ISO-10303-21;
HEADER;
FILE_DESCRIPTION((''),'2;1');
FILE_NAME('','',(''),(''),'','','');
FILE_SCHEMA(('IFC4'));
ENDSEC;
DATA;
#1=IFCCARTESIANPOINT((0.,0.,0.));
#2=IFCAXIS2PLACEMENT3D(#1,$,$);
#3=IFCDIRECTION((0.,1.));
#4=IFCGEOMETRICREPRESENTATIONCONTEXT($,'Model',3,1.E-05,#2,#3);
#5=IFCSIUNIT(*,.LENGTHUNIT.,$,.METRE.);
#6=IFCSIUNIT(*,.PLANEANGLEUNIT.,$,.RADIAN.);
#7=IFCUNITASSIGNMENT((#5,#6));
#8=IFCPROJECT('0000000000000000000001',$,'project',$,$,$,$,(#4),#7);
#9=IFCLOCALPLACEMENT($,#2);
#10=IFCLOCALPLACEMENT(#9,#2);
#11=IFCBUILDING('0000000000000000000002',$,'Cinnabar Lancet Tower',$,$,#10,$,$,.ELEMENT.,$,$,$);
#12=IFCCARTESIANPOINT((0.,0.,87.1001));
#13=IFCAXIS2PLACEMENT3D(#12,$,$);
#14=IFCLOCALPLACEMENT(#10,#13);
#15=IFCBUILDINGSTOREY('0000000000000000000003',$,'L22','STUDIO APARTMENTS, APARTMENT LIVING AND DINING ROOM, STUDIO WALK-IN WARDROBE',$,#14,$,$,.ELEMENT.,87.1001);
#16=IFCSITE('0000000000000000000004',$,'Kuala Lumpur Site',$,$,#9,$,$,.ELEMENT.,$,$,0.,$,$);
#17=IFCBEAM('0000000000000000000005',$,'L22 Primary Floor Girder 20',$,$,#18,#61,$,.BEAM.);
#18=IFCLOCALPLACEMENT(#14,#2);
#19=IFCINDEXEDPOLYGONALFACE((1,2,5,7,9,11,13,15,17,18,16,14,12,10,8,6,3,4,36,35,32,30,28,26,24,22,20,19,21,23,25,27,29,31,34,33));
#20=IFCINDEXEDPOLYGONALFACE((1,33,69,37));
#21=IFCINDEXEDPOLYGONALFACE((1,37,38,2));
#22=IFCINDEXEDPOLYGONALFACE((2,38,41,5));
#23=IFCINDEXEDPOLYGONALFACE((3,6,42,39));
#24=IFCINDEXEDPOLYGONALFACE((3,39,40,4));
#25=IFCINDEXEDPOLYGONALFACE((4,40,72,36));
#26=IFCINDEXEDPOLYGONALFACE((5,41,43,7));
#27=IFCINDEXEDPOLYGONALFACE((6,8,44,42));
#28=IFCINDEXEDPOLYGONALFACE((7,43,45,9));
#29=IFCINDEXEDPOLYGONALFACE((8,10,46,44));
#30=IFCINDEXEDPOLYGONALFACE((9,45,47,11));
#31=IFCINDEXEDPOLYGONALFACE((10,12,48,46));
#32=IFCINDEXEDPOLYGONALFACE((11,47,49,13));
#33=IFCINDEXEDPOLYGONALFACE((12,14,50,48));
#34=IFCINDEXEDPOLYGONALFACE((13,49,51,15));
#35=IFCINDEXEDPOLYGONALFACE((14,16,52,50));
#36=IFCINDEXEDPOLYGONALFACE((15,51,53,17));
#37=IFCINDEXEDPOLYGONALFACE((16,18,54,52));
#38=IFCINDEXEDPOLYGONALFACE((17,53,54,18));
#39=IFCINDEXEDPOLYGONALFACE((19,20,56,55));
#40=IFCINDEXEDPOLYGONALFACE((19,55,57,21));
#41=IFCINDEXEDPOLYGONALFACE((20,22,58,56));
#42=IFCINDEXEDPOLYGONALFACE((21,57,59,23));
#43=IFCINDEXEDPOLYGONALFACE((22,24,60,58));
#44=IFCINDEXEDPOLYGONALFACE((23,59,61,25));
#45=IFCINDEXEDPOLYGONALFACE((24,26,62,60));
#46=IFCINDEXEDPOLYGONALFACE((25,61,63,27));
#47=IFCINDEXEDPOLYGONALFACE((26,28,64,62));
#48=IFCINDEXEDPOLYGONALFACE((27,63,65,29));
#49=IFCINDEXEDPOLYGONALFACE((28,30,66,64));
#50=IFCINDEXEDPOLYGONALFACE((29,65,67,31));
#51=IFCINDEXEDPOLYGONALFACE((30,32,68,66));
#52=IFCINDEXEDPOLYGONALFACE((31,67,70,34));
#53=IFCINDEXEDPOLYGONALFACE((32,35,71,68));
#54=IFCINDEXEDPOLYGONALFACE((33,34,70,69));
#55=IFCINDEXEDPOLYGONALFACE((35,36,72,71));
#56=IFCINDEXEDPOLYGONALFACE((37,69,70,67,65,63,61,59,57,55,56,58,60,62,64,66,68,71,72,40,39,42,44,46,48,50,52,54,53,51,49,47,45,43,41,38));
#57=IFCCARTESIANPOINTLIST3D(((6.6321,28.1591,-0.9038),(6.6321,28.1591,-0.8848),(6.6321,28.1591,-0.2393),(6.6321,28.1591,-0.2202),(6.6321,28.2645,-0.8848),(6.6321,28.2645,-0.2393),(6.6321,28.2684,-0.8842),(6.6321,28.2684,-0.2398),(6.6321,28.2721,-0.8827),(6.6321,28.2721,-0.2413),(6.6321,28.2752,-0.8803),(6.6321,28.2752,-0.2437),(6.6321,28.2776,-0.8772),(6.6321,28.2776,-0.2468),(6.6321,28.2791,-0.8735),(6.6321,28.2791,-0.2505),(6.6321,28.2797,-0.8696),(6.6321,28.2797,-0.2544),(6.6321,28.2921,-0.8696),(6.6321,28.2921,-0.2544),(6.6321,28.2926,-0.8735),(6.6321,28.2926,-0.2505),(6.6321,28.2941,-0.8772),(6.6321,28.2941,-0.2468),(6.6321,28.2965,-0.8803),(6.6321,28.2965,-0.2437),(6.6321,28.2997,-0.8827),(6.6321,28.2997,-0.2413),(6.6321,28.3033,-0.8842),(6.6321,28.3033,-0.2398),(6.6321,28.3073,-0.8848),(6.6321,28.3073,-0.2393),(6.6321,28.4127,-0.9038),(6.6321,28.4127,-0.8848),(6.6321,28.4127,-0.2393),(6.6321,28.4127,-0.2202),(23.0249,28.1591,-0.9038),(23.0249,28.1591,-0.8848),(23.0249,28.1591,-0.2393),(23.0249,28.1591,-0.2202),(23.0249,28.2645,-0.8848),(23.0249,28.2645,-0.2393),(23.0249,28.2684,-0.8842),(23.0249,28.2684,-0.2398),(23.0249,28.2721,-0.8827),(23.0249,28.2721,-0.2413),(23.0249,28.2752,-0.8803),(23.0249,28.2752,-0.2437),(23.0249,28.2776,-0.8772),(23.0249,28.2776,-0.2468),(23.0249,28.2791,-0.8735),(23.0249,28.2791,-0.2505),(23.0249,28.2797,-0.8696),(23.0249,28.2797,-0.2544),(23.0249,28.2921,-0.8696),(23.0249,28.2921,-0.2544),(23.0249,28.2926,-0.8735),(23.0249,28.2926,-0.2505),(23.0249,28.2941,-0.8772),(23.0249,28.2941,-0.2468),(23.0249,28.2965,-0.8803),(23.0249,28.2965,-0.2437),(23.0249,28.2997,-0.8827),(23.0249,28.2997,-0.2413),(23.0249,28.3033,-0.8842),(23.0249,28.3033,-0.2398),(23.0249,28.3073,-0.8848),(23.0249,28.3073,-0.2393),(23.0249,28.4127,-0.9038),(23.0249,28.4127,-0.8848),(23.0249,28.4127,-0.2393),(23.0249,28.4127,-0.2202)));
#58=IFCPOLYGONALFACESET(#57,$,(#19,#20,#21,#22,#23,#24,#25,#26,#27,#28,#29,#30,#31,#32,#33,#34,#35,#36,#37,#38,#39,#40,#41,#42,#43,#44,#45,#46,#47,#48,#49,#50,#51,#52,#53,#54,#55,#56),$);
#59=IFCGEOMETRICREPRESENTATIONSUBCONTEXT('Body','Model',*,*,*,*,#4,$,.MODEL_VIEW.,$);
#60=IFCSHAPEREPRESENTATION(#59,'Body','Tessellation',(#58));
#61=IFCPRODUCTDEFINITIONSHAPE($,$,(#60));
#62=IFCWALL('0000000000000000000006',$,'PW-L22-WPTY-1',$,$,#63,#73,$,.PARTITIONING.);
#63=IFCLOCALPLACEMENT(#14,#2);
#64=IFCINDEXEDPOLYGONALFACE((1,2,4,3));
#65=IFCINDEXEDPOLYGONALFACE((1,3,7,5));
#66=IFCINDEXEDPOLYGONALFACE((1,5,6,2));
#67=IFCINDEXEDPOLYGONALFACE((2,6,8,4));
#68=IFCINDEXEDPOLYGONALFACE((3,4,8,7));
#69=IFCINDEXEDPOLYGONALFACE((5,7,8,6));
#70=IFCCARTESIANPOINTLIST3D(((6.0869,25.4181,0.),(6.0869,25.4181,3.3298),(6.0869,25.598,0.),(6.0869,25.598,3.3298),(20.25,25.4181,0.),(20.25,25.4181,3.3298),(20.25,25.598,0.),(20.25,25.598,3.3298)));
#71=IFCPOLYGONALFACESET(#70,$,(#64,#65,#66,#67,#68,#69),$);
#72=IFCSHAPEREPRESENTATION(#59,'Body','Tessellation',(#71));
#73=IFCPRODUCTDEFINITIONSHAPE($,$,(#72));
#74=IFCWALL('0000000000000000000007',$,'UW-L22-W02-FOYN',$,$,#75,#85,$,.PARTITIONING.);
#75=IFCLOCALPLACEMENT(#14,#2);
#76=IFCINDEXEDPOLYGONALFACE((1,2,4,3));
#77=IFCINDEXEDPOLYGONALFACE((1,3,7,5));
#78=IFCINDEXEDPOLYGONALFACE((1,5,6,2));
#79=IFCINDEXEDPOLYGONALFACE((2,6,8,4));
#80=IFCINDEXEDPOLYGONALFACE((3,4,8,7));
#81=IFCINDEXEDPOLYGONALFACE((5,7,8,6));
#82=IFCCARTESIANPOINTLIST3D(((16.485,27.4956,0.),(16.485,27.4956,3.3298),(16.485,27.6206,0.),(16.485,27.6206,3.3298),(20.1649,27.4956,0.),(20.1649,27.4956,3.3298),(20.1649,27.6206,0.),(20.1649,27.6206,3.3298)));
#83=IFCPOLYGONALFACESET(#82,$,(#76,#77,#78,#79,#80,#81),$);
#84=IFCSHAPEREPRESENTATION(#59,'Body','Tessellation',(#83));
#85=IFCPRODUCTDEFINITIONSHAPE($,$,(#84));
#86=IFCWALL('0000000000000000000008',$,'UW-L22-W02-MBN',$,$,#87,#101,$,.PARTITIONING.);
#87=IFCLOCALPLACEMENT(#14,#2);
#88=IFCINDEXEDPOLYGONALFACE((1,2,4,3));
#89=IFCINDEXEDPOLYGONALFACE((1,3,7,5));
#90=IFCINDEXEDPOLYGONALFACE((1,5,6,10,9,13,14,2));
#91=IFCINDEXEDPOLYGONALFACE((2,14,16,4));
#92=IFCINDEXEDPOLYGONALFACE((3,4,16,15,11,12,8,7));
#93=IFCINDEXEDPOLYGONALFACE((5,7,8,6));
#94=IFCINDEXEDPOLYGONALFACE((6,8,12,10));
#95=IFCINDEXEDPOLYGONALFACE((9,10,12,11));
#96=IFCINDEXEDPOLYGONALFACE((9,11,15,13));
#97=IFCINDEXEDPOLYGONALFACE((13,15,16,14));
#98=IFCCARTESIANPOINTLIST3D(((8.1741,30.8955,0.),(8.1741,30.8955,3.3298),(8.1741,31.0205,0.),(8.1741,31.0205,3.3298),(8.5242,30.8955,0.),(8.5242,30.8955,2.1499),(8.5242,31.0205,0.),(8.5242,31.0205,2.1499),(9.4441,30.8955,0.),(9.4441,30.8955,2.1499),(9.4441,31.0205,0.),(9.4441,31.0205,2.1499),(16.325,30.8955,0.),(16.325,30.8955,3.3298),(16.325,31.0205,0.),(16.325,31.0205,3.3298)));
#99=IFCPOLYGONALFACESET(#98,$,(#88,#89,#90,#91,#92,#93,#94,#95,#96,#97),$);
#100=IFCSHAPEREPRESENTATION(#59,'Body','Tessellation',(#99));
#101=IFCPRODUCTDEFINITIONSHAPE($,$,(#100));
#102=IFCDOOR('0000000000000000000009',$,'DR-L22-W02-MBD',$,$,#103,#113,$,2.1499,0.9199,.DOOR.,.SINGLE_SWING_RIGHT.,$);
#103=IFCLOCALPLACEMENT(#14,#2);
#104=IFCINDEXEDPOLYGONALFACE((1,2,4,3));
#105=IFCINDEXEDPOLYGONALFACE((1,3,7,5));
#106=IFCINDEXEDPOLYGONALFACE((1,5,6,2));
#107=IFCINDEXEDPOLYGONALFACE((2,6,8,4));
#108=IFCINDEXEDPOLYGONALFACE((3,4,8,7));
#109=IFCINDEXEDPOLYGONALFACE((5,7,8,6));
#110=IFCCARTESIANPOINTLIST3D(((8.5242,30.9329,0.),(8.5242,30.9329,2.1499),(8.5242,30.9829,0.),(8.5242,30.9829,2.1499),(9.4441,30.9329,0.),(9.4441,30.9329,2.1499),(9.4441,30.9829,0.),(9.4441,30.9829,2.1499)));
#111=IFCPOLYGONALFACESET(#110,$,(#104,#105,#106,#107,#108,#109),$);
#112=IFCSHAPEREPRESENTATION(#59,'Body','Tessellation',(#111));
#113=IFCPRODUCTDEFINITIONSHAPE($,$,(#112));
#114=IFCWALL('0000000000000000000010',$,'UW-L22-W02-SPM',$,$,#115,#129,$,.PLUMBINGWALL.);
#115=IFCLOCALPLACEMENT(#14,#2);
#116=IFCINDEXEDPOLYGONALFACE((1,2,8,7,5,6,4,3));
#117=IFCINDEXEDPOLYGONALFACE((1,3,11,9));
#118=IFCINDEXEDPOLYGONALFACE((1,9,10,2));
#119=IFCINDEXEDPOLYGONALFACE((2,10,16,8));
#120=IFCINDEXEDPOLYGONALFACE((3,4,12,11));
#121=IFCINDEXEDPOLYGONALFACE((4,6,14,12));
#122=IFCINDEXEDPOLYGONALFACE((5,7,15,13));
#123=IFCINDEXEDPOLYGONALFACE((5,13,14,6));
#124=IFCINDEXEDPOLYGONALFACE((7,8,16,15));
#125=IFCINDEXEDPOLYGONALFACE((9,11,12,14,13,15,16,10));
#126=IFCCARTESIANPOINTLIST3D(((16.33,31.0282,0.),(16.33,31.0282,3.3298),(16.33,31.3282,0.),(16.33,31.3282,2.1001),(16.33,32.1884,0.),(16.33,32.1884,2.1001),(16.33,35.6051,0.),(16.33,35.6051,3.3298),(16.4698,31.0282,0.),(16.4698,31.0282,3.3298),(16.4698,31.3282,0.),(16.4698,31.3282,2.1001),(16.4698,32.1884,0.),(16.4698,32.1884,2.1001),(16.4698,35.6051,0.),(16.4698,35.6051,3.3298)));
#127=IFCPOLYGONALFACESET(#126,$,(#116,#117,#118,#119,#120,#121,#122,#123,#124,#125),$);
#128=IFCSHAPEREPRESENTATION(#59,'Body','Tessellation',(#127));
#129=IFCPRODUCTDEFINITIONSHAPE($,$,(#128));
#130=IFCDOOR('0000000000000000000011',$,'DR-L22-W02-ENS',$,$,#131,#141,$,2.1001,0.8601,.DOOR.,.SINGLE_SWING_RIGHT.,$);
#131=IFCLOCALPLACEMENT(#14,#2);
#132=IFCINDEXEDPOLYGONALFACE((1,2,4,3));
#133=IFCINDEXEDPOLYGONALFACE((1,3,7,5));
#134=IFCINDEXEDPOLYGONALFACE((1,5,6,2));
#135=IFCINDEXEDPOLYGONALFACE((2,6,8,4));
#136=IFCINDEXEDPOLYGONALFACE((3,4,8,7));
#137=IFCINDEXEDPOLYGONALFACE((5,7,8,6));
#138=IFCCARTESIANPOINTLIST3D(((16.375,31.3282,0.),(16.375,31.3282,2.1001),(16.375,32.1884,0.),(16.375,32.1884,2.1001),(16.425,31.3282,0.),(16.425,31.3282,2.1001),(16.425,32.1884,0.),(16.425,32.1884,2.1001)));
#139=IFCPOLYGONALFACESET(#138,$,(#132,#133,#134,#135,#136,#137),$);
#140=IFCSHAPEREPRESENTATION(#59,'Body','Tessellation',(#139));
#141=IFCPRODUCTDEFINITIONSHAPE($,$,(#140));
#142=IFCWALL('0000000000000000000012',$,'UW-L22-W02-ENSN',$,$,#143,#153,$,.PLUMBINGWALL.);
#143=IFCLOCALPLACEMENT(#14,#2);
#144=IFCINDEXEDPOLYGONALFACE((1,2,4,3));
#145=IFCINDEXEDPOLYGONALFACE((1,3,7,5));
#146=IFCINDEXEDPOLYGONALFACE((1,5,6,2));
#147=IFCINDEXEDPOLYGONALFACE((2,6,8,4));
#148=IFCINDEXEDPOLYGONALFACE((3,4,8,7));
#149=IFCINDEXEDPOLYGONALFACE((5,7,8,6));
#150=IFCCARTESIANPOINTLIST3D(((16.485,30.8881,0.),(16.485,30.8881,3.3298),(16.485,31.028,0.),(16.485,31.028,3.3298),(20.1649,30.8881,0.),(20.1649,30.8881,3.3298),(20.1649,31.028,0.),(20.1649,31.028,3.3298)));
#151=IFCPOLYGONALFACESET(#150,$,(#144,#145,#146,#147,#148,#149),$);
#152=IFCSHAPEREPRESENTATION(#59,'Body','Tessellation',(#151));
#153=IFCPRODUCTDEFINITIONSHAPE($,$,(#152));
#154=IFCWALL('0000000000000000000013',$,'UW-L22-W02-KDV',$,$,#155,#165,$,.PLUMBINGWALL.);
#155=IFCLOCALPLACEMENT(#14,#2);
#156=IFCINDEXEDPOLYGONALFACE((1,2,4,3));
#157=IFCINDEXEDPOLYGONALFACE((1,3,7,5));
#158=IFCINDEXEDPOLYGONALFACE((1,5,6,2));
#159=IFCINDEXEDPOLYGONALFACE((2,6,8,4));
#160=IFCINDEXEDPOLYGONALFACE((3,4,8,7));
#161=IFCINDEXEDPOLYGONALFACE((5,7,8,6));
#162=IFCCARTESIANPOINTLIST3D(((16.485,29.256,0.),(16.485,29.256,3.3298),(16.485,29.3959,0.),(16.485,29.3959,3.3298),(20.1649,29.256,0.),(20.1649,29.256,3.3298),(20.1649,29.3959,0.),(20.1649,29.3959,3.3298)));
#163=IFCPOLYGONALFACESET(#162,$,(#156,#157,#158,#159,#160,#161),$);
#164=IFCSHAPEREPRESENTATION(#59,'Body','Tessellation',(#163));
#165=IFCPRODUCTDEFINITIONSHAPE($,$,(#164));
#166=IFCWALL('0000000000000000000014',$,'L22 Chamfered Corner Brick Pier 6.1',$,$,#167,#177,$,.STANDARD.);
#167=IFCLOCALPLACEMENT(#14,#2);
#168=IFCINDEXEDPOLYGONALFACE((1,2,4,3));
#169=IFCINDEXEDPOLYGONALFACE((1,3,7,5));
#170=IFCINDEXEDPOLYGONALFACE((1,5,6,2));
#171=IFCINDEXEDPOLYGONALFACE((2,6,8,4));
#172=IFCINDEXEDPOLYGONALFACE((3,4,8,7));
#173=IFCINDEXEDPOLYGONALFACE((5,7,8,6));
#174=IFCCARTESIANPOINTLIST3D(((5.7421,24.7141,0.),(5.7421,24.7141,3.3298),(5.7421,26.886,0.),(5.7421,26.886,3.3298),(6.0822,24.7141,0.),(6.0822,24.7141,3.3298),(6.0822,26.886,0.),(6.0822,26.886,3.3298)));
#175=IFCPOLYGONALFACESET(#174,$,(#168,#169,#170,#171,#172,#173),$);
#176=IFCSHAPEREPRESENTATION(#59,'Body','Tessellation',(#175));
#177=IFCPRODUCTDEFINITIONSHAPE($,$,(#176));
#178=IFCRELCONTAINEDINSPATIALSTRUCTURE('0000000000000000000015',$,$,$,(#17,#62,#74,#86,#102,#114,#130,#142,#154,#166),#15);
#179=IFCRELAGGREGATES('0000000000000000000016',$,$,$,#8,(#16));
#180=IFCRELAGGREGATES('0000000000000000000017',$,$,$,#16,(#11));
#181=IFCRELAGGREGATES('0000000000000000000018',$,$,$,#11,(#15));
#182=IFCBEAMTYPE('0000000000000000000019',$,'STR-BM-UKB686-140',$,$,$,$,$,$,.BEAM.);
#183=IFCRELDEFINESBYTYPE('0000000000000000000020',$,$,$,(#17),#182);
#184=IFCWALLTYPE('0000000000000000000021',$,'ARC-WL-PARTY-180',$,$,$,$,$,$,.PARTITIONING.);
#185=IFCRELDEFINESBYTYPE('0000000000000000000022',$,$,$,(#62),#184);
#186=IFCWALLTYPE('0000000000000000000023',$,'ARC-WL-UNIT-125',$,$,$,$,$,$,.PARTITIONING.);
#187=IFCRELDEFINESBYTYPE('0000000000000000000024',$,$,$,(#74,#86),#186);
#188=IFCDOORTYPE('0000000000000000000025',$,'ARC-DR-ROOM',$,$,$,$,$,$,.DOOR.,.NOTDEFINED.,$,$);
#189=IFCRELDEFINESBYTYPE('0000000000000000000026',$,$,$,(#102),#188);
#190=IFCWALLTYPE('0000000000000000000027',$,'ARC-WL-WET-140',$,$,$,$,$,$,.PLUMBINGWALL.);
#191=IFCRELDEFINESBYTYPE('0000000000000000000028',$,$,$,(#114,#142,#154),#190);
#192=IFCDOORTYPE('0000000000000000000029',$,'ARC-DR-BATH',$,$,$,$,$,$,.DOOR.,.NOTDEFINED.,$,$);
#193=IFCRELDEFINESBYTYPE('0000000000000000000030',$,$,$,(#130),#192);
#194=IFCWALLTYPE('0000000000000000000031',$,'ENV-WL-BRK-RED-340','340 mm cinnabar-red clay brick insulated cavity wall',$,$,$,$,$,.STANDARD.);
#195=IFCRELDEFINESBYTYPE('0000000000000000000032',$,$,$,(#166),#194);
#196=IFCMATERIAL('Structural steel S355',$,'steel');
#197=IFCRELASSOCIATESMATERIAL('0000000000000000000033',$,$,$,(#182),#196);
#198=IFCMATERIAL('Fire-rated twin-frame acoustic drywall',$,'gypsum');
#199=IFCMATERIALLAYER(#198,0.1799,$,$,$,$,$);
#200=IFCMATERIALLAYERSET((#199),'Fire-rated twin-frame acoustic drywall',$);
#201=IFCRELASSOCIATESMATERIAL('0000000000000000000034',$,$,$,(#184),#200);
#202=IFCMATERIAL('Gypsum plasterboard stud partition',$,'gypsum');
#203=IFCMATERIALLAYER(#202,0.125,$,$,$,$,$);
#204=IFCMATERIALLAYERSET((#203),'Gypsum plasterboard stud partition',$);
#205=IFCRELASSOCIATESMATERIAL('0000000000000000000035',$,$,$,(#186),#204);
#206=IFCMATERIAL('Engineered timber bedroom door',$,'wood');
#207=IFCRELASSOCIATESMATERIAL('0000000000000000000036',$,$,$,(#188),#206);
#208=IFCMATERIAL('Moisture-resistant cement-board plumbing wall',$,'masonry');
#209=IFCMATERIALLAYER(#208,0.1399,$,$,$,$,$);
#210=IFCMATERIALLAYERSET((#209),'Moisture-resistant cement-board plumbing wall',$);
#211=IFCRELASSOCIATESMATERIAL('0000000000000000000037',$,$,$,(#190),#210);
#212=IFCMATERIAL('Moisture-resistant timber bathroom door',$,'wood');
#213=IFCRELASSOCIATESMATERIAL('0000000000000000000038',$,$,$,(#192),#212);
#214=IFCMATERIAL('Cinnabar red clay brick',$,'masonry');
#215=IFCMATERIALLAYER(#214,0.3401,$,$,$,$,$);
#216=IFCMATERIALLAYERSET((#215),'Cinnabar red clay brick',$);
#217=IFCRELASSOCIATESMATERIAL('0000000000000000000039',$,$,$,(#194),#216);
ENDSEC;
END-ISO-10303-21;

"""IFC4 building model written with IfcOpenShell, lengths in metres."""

from ifc_helpers import new_model, si_unit, direction, frame, frame_2d, origin, origin_2d, place, context, subcontext, project, spatial, rectangle, i_section, extrude, material, layer, layer_set, material_profile, profile_set, type_object, element, fill, save


model = new_model("IFC4")

# Units and contexts
model_context = context("Model", 3, precision=1e-05, world=origin(), true_north=direction((0.0, 1.0)))
body_context = subcontext(model_context, "Body", "Model", "MODEL_VIEW")
ifc_project = project(units=[si_unit("LENGTHUNIT", "METRE"), si_unit("PLANEANGLEUNIT", "RADIAN")], contexts=[model_context])

# Site, building, storey
site_placement = place(None, origin())
site = spatial("IfcSite", under=ifc_project, at=site_placement, Name="Kuala Lumpur Site", CompositionType="ELEMENT", RefElevation=0.0)
building_placement = place(site_placement, origin())
building = spatial("IfcBuilding", under=site, at=building_placement, Name="Cinnabar Lancet Tower", CompositionType="ELEMENT")
storey_placement = place(building_placement, frame((0.0, 0.0, 87.1001)))
storey = spatial("IfcBuildingStorey", under=building, at=storey_placement, Name="L22", Description="STUDIO APARTMENTS, APARTMENT LIVING AND DINING ROOM, STUDIO WALK-IN WARDROBE", CompositionType="ELEMENT", Elevation=87.1001)

# Beam
ifc_material_1 = material(Name="Structural steel S355", Category="steel")
ifc_material_profile_1 = material_profile(ifc_material_1, i_section(OverallWidth=0.2537, OverallDepth=0.6836, WebThickness=0.0125, FlangeThickness=0.019, FilletRadius=0.0151, at=origin_2d()), Name="UKB 686x254x140")
ifc_profile_set_1 = profile_set([ifc_material_profile_1], Name="Structural steel S355")
beam_type_1 = type_object("IfcBeamType", Name="STR-BM-UKB686-140", PredefinedType="BEAM", material=ifc_profile_set_1)
beam_1_placement = place(storey_placement, frame((6.6321, 28.2859, -0.562), z_axis=(1.0, 0.0, 0.0), x_axis=(0.0, 1.0, 0.0)))
element("IfcBeam", 1, at=beam_1_placement, inside=storey, type_object=beam_type_1, Name="L22 Primary Floor Girder 20", PredefinedType="BEAM", context=body_context, shape_type="SweptSolid", body=[
    extrude(i_section(OverallWidth=0.2537, OverallDepth=0.6836, WebThickness=0.0125, FlangeThickness=0.019, FilletRadius=0.0151, at=origin_2d()), origin(), (0.0, 0.0, 1.0), 16.3928),
])

# Walls
ifc_material_2 = material(Name="Fire-rated twin-frame acoustic drywall", Category="gypsum")
ifc_layer_1 = layer(ifc_material_2, 0.1799)
ifc_layer_set_1 = layer_set([ifc_layer_1], Name="Fire-rated twin-frame acoustic drywall")
wall_type_1 = type_object("IfcWallType", Name="ARC-WL-PARTY-180", PredefinedType="PARTITIONING", material=ifc_layer_set_1)
wall_1_placement = place(storey_placement, frame((6.0869, 25.5081, 0.0), z_axis=(0.0, 0.0, 1.0), x_axis=(1.0, 0.0, 0.0)))
element("IfcWall", 2, at=wall_1_placement, inside=storey, type_object=wall_type_1, Name="PW-L22-WPTY-1", PredefinedType="PARTITIONING", context=body_context, shape_type="SweptSolid", body=[
    extrude(rectangle(XDim=14.1631, YDim=0.1799, at=frame_2d((7.0815, 0.0))), origin(), (0.0, 0.0, 1.0), 3.3298),
])
ifc_material_3 = material(Name="Gypsum plasterboard stud partition", Category="gypsum")
ifc_layer_2 = layer(ifc_material_3, 0.125)
ifc_layer_set_2 = layer_set([ifc_layer_2], Name="Gypsum plasterboard stud partition")
wall_type_2 = type_object("IfcWallType", Name="ARC-WL-UNIT-125", PredefinedType="PARTITIONING", material=ifc_layer_set_2)
wall_2_placement = place(storey_placement, frame((16.4851, 27.5581, 0.0), z_axis=(0.0, 0.0, 1.0), x_axis=(1.0, 0.0, 0.0)))
element("IfcWall", 3, at=wall_2_placement, inside=storey, type_object=wall_type_2, Name="UW-L22-W02-FOYN", PredefinedType="PARTITIONING", context=body_context, shape_type="SweptSolid", body=[
    extrude(rectangle(XDim=3.6799, YDim=0.125, at=frame_2d((1.8398, 0.0))), origin(), (0.0, 0.0, 1.0), 3.3298),
])

# Wall, opening, door
wall_3_placement = place(storey_placement, frame((8.1741, 30.958, 0.0), z_axis=(0.0, 0.0, 1.0), x_axis=(1.0, 0.0, 0.0)))
wall_3 = element("IfcWall", 4, at=wall_3_placement, inside=storey, type_object=wall_type_2, Name="UW-L22-W02-MBN", PredefinedType="PARTITIONING", context=body_context, shape_type="SweptSolid", body=[
    extrude(rectangle(XDim=8.1509, YDim=0.125, at=frame_2d((4.0754, 0.0))), origin(), (0.0, 0.0, 1.0), 3.3298),
])
opening_1_placement = place(wall_3_placement, frame((0.3501, 0.0, 0.0)))
opening_1 = element("IfcOpeningElement", 5, at=opening_1_placement, cuts=wall_3, PredefinedType="OPENING", context=body_context, shape_type="SweptSolid", body=[
    extrude(rectangle(XDim=0.9199, YDim=2.1499, at=frame_2d((0.46, 1.075))), frame((0.0, 0.0725, 0.0), z_axis=(0.0, -1.0, 0.0), x_axis=(1.0, 0.0, 0.0)), (0.0, 0.0, 1.0), 0.145),
])
ifc_material_4 = material(Name="Engineered timber bedroom door", Category="wood")
door_type_1 = type_object("IfcDoorType", Name="ARC-DR-ROOM", OperationType="NOTDEFINED", PredefinedType="DOOR", material=ifc_material_4)
door_1_placement = place(opening_1_placement, origin())
door_1 = element("IfcDoor", 6, at=door_1_placement, inside=storey, type_object=door_type_1, Name="DR-L22-W02-MBD", OperationType="SINGLE_SWING_RIGHT", OverallHeight=2.1499, OverallWidth=0.9199, PredefinedType="DOOR", context=body_context, shape_type="SweptSolid", body=[
    extrude(rectangle(XDim=0.9199, YDim=2.1499, at=frame_2d((0.46, 1.075))), frame((0.0, 0.0249, 0.0), z_axis=(0.0, -1.0, 0.0), x_axis=(1.0, 0.0, 0.0)), (0.0, 0.0, 1.0), 0.05),
])
fill(opening_1, door_1)

# Shared definitions
ifc_material_5 = material(Name="Moisture-resistant cement-board plumbing wall", Category="masonry")
ifc_layer_3 = layer(ifc_material_5, 0.1399)
ifc_layer_set_3 = layer_set([ifc_layer_3], Name="Moisture-resistant cement-board plumbing wall")
wall_type_3 = type_object("IfcWallType", Name="ARC-WL-WET-140", PredefinedType="PLUMBINGWALL", material=ifc_layer_set_3)
ifc_material_6 = material(Name="Moisture-resistant timber bathroom door", Category="wood")
door_type_2 = type_object("IfcDoorType", Name="ARC-DR-BATH", OperationType="NOTDEFINED", PredefinedType="DOOR", material=ifc_material_6)

# Wall, opening, door
wall_4_placement = place(storey_placement, frame((16.3999, 31.0281, 0.0), z_axis=(0.0, 0.0, 1.0), x_axis=(0.0, 1.0, 0.0)))
wall_4 = element("IfcWall", 7, at=wall_4_placement, inside=storey, type_object=wall_type_3, Name="UW-L22-W02-SPM", PredefinedType="PLUMBINGWALL", context=body_context, shape_type="SweptSolid", body=[
    extrude(rectangle(XDim=4.5769, YDim=0.1399, at=frame_2d((2.2886, 0.0))), origin(), (0.0, 0.0, 1.0), 3.3298),
])
opening_2_placement = place(wall_4_placement, frame((0.3, 0.0, 0.0)))
opening_2 = element("IfcOpeningElement", 8, at=opening_2_placement, cuts=wall_4, PredefinedType="OPENING", context=body_context, shape_type="SweptSolid", body=[
    extrude(rectangle(XDim=0.8601, YDim=2.1001, at=frame_2d((0.4302, 1.05))), frame((0.0, 0.0798, 0.0), z_axis=(0.0, -1.0, 0.0), x_axis=(1.0, 0.0, 0.0)), (0.0, 0.0, 1.0), 0.1599),
])
door_2_placement = place(opening_2_placement, origin())
door_2 = element("IfcDoor", 9, at=door_2_placement, inside=storey, type_object=door_type_2, Name="DR-L22-W02-ENS", OperationType="SINGLE_SWING_RIGHT", OverallHeight=2.1001, OverallWidth=0.8601, PredefinedType="DOOR", context=body_context, shape_type="SweptSolid", body=[
    extrude(rectangle(XDim=0.8601, YDim=2.1001, at=frame_2d((0.4302, 1.05))), frame((0.0, 0.0249, 0.0), z_axis=(0.0, -1.0, 0.0), x_axis=(1.0, 0.0, 0.0)), (0.0, 0.0, 1.0), 0.05),
])
fill(opening_2, door_2)

# Walls
for number, where, z_axis, x_axis, name in (
    (10, (16.4851, 30.958, 0.0), (0.0, 0.0, 1.0), (1.0, 0.0, 0.0), "UW-L22-W02-ENSN"),
    (11, (16.4851, 29.3259, 0.0), (0.0, 0.0, 1.0), (1.0, 0.0, 0.0), "UW-L22-W02-KDV"),
):
    element("IfcWall", number, at=place(storey_placement, frame(where, z_axis=z_axis, x_axis=x_axis)), inside=storey, type_object=wall_type_3, Name=name, PredefinedType="PLUMBINGWALL", context=body_context, shape_type="SweptSolid", body=[
        extrude(rectangle(XDim=3.6799, YDim=0.1399, at=frame_2d((1.8398, 0.0))), origin(), (0.0, 0.0, 1.0), 3.3298),
    ])
ifc_material_7 = material(Name="Cinnabar red clay brick", Category="masonry")
ifc_layer_4 = layer(ifc_material_7, 0.3401)
ifc_layer_set_4 = layer_set([ifc_layer_4], Name="Cinnabar red clay brick")
wall_type_4 = type_object("IfcWallType", Name="ENV-WL-BRK-RED-340", Description="340 mm cinnabar-red clay brick insulated cavity wall", PredefinedType="STANDARD", material=ifc_layer_set_4)
wall_5_placement = place(storey_placement, frame((5.9121, 26.886, 0.0), z_axis=(0.0, 0.0, 1.0), x_axis=(0.0, -1.0, 0.0)))
element("IfcWall", 12, at=wall_5_placement, inside=storey, type_object=wall_type_4, Name="L22 Chamfered Corner Brick Pier 6.1", PredefinedType="STANDARD", context=body_context, shape_type="SweptSolid", body=[
    extrude(rectangle(XDim=2.1719, YDim=0.3401, at=frame_2d((1.0859, 0.0))), origin(), (0.0, 0.0, 1.0), 3.3298),
])

save(model, "model.ifc")
